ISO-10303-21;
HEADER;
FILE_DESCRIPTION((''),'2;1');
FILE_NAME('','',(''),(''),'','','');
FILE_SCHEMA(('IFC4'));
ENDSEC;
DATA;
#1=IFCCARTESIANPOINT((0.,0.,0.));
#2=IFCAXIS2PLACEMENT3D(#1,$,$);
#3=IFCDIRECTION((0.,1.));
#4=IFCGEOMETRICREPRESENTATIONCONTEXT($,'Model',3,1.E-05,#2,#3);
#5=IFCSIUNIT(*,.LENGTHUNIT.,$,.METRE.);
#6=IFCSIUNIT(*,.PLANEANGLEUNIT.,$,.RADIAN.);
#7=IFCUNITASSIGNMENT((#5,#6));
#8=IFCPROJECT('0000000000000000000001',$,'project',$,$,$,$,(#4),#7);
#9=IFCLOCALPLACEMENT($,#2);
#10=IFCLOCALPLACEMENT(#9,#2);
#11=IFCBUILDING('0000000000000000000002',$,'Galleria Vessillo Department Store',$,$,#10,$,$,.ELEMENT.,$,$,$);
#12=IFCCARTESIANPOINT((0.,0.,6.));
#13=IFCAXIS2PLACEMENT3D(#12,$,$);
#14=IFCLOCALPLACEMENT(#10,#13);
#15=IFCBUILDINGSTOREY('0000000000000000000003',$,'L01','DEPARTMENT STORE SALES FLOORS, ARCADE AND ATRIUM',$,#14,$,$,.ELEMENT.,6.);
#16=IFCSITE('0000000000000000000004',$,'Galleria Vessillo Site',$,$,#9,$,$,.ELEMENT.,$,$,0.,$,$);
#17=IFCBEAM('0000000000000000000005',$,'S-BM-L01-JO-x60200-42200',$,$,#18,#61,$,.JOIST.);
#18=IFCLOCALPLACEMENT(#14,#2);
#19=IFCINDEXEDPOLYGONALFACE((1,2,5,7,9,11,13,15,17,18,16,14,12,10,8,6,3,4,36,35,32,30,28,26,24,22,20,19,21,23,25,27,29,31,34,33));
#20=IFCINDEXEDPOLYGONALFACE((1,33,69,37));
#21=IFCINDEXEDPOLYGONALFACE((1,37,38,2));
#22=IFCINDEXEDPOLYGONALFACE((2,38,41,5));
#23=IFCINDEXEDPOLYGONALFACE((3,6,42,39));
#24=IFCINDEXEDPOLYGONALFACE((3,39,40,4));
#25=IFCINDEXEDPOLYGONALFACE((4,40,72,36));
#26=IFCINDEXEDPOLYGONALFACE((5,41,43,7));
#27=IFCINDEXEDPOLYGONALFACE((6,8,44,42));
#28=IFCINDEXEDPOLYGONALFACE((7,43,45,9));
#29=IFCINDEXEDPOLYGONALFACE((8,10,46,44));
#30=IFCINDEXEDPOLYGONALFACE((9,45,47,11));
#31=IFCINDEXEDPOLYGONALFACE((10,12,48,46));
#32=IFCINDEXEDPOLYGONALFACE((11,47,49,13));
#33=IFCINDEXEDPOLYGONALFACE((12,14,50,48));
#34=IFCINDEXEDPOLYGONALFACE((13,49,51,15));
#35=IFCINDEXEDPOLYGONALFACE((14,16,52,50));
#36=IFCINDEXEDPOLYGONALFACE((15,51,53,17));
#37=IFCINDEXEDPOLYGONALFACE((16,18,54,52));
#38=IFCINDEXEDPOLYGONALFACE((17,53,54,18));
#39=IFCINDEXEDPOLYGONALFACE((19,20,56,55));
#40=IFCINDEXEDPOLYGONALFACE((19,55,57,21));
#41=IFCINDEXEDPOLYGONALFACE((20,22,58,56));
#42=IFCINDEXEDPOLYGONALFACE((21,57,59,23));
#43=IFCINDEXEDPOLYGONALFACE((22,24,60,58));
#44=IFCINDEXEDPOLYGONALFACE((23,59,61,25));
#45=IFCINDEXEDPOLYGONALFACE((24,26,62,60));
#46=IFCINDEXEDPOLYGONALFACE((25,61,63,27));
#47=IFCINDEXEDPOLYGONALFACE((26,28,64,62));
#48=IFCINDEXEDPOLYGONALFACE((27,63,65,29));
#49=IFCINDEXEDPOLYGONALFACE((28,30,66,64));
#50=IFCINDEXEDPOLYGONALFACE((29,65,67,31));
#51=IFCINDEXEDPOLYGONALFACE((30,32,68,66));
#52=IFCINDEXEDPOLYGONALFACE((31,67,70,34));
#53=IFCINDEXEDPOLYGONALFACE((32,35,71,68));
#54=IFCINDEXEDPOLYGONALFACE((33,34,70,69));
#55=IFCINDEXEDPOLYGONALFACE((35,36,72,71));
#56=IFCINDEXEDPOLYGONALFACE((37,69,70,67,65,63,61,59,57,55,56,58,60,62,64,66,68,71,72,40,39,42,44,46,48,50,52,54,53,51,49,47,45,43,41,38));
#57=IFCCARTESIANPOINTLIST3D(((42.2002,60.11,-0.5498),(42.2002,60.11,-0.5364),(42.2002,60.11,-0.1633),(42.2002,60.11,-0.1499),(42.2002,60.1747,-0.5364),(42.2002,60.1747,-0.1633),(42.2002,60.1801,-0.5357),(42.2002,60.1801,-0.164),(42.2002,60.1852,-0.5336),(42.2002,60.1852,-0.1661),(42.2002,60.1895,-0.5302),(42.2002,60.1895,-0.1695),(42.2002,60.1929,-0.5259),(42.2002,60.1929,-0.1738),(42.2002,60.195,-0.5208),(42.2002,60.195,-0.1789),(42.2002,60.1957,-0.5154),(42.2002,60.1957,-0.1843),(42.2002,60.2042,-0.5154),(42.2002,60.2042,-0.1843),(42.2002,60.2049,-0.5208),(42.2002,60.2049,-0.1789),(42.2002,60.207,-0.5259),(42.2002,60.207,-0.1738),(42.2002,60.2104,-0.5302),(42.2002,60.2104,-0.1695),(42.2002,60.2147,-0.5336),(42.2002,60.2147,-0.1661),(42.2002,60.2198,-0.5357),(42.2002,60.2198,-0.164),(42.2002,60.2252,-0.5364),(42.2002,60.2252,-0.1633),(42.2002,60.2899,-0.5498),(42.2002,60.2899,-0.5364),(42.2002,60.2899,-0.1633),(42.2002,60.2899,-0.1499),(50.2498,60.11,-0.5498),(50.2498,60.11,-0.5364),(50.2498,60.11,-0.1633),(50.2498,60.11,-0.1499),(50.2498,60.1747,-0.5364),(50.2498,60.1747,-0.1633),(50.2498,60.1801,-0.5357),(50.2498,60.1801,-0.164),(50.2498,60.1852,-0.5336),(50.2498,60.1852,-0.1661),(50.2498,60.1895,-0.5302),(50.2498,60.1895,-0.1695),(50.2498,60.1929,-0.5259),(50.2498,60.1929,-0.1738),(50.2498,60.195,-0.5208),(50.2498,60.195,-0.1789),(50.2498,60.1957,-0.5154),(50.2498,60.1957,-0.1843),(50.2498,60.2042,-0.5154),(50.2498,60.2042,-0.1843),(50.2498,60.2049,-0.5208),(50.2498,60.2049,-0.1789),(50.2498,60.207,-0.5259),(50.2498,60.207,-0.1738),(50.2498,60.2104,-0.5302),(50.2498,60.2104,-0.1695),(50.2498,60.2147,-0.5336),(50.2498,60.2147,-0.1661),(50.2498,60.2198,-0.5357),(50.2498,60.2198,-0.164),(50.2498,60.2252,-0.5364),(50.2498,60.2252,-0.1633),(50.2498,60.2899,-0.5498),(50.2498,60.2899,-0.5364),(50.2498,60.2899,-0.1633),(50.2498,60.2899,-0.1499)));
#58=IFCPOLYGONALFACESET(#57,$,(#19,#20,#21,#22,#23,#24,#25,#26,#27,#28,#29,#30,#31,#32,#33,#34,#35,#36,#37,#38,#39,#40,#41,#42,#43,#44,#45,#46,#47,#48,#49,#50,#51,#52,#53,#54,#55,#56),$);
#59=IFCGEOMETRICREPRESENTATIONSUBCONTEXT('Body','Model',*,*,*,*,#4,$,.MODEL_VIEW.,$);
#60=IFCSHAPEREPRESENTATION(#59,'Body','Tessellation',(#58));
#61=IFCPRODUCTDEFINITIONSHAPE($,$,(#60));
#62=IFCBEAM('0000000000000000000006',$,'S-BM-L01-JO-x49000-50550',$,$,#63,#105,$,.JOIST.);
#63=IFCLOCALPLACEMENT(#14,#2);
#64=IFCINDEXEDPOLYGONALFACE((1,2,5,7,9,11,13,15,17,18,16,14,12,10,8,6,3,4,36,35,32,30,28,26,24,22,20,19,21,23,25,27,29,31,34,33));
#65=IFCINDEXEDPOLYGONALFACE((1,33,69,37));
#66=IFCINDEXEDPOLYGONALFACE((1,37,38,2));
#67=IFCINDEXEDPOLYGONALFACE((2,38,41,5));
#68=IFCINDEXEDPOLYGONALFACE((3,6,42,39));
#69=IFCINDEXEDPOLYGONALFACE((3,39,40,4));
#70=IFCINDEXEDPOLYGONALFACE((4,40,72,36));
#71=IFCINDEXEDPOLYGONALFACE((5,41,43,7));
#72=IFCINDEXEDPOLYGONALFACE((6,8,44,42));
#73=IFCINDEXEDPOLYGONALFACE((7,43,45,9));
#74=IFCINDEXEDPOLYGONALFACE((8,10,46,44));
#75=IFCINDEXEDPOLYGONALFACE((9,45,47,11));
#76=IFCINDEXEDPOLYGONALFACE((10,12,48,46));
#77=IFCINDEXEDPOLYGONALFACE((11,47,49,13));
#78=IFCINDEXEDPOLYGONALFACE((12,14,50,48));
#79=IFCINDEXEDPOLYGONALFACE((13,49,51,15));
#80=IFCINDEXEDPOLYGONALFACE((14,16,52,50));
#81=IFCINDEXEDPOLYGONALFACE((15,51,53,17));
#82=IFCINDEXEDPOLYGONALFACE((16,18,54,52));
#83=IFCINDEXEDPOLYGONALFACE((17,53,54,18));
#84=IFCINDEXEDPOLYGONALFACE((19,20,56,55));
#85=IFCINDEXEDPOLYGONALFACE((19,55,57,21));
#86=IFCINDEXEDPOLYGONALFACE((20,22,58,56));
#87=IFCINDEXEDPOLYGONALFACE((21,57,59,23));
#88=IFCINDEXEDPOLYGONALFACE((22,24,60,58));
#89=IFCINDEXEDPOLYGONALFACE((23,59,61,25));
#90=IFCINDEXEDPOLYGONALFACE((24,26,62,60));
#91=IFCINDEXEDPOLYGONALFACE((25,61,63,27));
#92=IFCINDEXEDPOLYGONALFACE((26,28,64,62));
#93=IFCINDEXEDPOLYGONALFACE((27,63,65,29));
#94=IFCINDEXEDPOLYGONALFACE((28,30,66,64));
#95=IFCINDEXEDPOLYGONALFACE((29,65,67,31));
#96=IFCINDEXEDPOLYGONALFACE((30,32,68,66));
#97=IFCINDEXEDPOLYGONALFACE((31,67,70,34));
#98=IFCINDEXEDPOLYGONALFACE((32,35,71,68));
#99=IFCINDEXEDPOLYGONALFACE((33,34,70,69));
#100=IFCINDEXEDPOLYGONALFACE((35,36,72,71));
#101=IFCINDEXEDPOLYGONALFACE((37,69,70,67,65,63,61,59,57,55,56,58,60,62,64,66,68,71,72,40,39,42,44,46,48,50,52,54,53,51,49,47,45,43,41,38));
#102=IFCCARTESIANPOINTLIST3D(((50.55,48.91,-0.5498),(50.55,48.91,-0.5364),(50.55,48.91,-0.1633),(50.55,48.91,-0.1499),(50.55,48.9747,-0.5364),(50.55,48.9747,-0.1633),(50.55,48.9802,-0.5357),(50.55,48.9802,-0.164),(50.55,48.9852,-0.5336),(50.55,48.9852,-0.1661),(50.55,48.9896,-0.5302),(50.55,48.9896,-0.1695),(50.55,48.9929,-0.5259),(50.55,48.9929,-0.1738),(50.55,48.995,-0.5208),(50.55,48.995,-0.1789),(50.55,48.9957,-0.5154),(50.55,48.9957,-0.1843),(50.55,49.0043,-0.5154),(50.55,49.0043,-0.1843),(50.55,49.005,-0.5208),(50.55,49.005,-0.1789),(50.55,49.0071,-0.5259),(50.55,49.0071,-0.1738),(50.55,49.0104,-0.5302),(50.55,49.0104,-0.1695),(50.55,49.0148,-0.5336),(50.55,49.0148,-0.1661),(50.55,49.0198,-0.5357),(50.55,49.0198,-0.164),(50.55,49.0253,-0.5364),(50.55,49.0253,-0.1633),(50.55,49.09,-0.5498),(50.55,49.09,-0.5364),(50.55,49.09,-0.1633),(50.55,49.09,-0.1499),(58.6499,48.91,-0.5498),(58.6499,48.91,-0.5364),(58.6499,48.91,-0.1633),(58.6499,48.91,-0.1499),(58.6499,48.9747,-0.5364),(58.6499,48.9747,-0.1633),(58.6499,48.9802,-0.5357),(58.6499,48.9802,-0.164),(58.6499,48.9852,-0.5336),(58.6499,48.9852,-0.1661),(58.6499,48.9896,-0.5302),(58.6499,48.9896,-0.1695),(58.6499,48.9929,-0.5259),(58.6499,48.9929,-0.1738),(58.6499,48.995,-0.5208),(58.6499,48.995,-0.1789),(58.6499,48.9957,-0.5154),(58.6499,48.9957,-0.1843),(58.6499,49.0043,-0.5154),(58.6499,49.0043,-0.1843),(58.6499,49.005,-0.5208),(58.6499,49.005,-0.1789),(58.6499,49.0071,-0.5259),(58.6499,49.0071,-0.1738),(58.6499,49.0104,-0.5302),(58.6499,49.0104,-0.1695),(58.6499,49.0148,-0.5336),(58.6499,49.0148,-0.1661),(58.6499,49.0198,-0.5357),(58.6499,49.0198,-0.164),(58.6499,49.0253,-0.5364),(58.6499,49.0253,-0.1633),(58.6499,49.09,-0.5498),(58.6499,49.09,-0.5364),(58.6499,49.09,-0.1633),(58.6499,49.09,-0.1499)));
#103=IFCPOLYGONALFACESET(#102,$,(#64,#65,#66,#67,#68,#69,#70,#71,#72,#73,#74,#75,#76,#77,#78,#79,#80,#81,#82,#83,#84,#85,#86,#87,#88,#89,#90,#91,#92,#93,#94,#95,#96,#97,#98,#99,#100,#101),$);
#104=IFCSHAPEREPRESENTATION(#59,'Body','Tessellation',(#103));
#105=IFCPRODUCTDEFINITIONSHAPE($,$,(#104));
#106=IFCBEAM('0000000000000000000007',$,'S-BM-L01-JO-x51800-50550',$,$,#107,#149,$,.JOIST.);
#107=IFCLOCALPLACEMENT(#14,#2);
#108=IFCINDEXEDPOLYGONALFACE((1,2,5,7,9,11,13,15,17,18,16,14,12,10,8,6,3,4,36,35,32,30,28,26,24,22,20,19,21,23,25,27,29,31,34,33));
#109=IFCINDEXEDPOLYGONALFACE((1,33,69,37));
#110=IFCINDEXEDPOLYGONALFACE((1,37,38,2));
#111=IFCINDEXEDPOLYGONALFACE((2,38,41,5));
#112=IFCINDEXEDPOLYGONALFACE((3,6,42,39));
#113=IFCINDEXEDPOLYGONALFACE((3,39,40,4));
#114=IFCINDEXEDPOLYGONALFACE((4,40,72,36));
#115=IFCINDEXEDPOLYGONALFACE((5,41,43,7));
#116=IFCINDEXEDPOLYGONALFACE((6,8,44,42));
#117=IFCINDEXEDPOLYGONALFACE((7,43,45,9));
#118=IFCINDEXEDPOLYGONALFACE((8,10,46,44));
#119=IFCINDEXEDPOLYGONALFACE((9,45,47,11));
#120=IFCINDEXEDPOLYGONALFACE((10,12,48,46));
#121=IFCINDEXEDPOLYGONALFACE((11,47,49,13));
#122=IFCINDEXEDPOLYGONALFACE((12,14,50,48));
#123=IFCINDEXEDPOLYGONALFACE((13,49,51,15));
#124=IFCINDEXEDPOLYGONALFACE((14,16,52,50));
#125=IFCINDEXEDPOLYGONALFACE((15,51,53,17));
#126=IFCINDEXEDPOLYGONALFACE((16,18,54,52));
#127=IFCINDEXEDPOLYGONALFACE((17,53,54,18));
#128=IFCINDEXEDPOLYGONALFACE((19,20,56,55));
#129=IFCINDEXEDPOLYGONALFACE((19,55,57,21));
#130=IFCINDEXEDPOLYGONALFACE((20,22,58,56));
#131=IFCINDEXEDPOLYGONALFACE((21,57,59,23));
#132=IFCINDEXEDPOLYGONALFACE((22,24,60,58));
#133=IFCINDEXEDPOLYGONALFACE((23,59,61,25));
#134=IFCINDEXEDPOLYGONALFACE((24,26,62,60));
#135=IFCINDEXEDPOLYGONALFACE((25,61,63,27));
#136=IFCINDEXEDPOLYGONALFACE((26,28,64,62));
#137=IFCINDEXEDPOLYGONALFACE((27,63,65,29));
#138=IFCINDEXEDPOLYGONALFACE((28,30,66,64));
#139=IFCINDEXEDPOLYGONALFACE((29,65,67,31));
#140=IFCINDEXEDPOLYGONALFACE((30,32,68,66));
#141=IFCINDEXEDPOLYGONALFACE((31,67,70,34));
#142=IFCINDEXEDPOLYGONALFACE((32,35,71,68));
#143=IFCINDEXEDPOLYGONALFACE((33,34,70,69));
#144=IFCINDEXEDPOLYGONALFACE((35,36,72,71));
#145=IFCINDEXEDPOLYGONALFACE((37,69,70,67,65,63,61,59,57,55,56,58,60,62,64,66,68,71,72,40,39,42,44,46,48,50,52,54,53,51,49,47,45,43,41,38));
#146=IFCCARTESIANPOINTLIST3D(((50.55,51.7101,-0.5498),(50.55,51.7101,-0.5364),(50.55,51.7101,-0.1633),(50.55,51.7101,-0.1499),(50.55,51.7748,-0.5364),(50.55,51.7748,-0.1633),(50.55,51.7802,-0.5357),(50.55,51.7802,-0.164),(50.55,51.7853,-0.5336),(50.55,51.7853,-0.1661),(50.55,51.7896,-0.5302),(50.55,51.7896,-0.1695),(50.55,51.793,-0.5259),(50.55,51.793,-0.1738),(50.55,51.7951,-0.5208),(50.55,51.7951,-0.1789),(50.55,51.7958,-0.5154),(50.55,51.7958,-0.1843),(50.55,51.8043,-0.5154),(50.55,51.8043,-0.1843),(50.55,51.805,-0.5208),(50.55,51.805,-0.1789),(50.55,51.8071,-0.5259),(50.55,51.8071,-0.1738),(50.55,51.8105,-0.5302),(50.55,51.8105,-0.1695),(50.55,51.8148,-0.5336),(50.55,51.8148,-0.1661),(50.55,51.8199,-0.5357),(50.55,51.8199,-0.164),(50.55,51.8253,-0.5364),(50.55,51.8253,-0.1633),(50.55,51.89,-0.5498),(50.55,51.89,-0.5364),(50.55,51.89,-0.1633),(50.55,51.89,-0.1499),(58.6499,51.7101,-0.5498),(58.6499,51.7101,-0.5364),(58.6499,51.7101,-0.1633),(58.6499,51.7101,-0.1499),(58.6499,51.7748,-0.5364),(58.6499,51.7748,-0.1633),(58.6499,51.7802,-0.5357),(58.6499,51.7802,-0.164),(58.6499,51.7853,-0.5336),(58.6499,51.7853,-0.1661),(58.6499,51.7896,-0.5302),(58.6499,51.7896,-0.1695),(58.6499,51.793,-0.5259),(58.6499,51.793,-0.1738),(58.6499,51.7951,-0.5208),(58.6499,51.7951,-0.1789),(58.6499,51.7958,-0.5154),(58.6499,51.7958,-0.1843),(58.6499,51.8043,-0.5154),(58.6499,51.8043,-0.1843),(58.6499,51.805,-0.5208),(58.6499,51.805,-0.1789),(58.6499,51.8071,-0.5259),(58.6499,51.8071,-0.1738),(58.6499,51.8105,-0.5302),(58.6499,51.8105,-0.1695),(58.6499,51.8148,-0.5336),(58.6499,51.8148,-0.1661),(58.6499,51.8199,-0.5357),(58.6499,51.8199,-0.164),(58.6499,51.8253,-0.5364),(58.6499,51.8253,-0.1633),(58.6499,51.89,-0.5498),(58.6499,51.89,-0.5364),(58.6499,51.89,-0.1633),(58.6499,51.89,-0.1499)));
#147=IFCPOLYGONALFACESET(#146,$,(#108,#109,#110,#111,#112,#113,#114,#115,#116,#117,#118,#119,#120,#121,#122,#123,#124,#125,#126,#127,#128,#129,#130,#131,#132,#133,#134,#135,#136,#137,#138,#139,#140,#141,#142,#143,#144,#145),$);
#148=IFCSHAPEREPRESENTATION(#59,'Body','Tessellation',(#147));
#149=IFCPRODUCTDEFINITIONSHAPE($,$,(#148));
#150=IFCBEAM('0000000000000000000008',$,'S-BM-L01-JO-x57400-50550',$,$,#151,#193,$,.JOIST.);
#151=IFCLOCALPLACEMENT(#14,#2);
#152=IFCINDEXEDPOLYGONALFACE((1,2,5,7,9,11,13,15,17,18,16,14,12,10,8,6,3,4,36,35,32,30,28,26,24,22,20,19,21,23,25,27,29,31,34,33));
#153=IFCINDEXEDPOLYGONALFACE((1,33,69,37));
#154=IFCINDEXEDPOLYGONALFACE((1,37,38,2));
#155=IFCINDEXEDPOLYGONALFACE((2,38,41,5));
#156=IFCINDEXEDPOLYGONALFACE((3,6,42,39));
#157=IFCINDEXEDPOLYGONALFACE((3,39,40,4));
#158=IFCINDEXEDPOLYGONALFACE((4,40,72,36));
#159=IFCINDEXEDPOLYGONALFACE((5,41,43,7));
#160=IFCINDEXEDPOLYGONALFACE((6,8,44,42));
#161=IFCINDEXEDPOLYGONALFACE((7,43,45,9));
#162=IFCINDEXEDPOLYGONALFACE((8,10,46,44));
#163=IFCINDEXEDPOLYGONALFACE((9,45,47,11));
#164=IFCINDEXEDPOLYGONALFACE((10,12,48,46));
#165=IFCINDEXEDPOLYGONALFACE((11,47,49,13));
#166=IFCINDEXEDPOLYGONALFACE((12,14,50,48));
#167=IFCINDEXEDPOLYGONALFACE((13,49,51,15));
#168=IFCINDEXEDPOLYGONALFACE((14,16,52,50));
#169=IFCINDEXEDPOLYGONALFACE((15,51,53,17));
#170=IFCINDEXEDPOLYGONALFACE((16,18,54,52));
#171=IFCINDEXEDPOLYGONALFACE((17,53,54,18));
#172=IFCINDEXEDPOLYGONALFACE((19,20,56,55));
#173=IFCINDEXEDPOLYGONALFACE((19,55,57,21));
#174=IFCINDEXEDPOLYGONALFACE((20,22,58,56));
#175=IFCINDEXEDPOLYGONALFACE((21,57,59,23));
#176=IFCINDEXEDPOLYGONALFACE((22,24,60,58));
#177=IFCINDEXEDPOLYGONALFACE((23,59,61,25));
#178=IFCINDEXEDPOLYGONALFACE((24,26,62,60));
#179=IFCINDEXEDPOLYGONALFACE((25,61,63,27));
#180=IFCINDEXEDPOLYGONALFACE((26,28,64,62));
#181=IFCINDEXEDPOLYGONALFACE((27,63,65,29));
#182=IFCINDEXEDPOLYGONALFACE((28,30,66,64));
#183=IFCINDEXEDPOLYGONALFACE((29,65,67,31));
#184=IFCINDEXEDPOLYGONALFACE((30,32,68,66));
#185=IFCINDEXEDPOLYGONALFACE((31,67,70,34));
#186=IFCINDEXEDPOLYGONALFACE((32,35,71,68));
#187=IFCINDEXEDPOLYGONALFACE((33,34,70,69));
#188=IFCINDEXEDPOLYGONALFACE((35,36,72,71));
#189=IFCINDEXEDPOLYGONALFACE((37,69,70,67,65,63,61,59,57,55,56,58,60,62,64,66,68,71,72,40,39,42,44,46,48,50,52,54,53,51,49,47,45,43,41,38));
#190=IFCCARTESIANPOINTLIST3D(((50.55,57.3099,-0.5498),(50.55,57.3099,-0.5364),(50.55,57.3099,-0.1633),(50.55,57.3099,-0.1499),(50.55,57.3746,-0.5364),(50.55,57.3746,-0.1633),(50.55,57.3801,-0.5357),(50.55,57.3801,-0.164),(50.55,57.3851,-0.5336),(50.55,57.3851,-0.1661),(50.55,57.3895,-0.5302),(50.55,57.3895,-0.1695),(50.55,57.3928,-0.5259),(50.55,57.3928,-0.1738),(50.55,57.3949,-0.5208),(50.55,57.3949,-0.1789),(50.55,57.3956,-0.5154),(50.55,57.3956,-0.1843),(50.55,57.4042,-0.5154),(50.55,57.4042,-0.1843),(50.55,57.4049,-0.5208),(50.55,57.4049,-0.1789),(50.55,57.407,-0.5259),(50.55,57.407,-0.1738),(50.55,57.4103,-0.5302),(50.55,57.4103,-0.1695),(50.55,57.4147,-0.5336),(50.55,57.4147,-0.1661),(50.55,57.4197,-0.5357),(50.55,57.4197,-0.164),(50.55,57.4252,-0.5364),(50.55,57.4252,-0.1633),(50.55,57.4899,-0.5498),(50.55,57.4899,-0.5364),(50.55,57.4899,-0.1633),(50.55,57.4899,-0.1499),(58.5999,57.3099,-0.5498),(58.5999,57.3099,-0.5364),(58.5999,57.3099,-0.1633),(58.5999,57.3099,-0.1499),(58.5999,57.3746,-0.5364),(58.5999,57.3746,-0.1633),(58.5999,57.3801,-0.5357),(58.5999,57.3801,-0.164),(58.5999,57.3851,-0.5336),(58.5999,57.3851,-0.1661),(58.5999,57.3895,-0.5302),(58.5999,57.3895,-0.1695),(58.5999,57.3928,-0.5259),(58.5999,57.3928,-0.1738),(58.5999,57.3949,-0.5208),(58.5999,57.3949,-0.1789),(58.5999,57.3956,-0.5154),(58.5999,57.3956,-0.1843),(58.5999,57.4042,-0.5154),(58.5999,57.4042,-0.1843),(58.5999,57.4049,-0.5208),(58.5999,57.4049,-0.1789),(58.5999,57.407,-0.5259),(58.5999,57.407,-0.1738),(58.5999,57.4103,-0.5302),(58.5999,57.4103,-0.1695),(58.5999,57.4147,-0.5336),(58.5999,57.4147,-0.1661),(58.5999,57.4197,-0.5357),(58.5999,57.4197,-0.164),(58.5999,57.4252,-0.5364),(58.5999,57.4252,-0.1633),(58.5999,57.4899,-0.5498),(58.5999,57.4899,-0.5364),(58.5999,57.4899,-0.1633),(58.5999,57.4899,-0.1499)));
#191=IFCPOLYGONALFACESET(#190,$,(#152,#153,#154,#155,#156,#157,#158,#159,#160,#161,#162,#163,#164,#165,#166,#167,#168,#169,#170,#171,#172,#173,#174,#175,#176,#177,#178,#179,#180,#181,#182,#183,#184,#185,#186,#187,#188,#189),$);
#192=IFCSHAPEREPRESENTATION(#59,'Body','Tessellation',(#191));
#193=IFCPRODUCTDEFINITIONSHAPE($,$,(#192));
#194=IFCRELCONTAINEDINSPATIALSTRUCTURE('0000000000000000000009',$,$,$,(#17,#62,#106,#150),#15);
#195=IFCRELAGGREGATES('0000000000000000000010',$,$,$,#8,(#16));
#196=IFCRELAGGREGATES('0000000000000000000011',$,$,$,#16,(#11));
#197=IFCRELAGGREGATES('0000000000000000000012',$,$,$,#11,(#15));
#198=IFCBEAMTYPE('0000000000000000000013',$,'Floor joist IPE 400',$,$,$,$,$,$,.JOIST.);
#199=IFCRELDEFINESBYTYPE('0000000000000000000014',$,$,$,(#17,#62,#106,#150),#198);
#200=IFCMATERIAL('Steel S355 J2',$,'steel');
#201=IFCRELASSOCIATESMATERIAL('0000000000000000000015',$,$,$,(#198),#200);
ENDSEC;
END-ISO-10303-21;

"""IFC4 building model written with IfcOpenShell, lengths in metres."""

from ifc_helpers import new_model, si_unit, direction, frame, origin, origin_2d, place, context, subcontext, project, spatial, i_section, extrude, material, material_profile, profile_set, type_object, element, save


model = new_model("IFC4")

# Units and contexts
model_context = context("Model", 3, precision=1e-05, world=origin(), true_north=direction((0.0, 1.0)))
body_context = subcontext(model_context, "Body", "Model", "MODEL_VIEW")
ifc_project = project(units=[si_unit("LENGTHUNIT", "METRE"), si_unit("PLANEANGLEUNIT", "RADIAN")], contexts=[model_context])

# Site, building, storey
site_placement = place(None, origin())
site = spatial("IfcSite", under=ifc_project, at=site_placement, Name="Galleria Vessillo Site", CompositionType="ELEMENT", RefElevation=0.0)
building_placement = place(site_placement, origin())
building = spatial("IfcBuilding", under=site, at=building_placement, Name="Galleria Vessillo Department Store", CompositionType="ELEMENT")
storey_placement = place(building_placement, frame((0.0, 0.0, 6.0)))
storey = spatial("IfcBuildingStorey", under=building, at=storey_placement, Name="L01", Description="DEPARTMENT STORE SALES FLOORS, ARCADE AND ATRIUM", CompositionType="ELEMENT", Elevation=6.0)

# Beams
ifc_material_1 = material(Name="Steel S355 J2", Category="steel")
ifc_material_profile_1 = material_profile(ifc_material_1, i_section(OverallWidth=0.1799, OverallDepth=0.3999, WebThickness=0.0085, FlangeThickness=0.0134, FilletRadius=0.021, at=origin_2d()), Name="IPE 400")
ifc_profile_set_1 = profile_set([ifc_material_profile_1], Name="Steel S355 J2")
beam_type_1 = type_object("IfcBeamType", Name="Floor joist IPE 400", PredefinedType="JOIST", material=ifc_profile_set_1)
for number, where, z_axis, x_axis, name in (
    (1, (42.2002, 60.2, -0.3499), (1.0, 0.0, 0.0), (0.0, 1.0, 0.0), "S-BM-L01-JO-x60200-42200"),
):
    element("IfcBeam", number, at=place(storey_placement, frame(where, z_axis=z_axis, x_axis=x_axis)), inside=storey, type_object=beam_type_1, Name=name, PredefinedType="JOIST", context=body_context, shape_type="SweptSolid", body=[
        extrude(i_section(OverallWidth=0.1799, OverallDepth=0.3999, WebThickness=0.0085, FlangeThickness=0.0134, FilletRadius=0.021, at=origin_2d()), origin(), (0.0, 0.0, 1.0), 8.0496),
    ])
for number, where, z_axis, x_axis, name in (
    (2, (50.55, 49.0, -0.3499), (1.0, 0.0, 0.0), (0.0, 1.0, 0.0), "S-BM-L01-JO-x49000-50550"),
    (3, (50.55, 51.8, -0.3499), (1.0, 0.0, 0.0), (0.0, 1.0, 0.0), "S-BM-L01-JO-x51800-50550"),
):
    element("IfcBeam", number, at=place(storey_placement, frame(where, z_axis=z_axis, x_axis=x_axis)), inside=storey, type_object=beam_type_1, Name=name, PredefinedType="JOIST", context=body_context, shape_type="SweptSolid", body=[
        extrude(i_section(OverallWidth=0.1799, OverallDepth=0.3999, WebThickness=0.0085, FlangeThickness=0.0134, FilletRadius=0.021, at=origin_2d()), origin(), (0.0, 0.0, 1.0), 8.0999),
    ])
for number, where, z_axis, x_axis, name in (
    (4, (50.55, 57.3999, -0.3499), (1.0, 0.0, 0.0), (0.0, 1.0, 0.0), "S-BM-L01-JO-x57400-50550"),
):
    element("IfcBeam", number, at=place(storey_placement, frame(where, z_axis=z_axis, x_axis=x_axis)), inside=storey, type_object=beam_type_1, Name=name, PredefinedType="JOIST", context=body_context, shape_type="SweptSolid", body=[
        extrude(i_section(OverallWidth=0.1799, OverallDepth=0.3999, WebThickness=0.0085, FlangeThickness=0.0134, FilletRadius=0.021, at=origin_2d()), origin(), (0.0, 0.0, 1.0), 8.0498),
    ])

save(model, "model.ifc")
